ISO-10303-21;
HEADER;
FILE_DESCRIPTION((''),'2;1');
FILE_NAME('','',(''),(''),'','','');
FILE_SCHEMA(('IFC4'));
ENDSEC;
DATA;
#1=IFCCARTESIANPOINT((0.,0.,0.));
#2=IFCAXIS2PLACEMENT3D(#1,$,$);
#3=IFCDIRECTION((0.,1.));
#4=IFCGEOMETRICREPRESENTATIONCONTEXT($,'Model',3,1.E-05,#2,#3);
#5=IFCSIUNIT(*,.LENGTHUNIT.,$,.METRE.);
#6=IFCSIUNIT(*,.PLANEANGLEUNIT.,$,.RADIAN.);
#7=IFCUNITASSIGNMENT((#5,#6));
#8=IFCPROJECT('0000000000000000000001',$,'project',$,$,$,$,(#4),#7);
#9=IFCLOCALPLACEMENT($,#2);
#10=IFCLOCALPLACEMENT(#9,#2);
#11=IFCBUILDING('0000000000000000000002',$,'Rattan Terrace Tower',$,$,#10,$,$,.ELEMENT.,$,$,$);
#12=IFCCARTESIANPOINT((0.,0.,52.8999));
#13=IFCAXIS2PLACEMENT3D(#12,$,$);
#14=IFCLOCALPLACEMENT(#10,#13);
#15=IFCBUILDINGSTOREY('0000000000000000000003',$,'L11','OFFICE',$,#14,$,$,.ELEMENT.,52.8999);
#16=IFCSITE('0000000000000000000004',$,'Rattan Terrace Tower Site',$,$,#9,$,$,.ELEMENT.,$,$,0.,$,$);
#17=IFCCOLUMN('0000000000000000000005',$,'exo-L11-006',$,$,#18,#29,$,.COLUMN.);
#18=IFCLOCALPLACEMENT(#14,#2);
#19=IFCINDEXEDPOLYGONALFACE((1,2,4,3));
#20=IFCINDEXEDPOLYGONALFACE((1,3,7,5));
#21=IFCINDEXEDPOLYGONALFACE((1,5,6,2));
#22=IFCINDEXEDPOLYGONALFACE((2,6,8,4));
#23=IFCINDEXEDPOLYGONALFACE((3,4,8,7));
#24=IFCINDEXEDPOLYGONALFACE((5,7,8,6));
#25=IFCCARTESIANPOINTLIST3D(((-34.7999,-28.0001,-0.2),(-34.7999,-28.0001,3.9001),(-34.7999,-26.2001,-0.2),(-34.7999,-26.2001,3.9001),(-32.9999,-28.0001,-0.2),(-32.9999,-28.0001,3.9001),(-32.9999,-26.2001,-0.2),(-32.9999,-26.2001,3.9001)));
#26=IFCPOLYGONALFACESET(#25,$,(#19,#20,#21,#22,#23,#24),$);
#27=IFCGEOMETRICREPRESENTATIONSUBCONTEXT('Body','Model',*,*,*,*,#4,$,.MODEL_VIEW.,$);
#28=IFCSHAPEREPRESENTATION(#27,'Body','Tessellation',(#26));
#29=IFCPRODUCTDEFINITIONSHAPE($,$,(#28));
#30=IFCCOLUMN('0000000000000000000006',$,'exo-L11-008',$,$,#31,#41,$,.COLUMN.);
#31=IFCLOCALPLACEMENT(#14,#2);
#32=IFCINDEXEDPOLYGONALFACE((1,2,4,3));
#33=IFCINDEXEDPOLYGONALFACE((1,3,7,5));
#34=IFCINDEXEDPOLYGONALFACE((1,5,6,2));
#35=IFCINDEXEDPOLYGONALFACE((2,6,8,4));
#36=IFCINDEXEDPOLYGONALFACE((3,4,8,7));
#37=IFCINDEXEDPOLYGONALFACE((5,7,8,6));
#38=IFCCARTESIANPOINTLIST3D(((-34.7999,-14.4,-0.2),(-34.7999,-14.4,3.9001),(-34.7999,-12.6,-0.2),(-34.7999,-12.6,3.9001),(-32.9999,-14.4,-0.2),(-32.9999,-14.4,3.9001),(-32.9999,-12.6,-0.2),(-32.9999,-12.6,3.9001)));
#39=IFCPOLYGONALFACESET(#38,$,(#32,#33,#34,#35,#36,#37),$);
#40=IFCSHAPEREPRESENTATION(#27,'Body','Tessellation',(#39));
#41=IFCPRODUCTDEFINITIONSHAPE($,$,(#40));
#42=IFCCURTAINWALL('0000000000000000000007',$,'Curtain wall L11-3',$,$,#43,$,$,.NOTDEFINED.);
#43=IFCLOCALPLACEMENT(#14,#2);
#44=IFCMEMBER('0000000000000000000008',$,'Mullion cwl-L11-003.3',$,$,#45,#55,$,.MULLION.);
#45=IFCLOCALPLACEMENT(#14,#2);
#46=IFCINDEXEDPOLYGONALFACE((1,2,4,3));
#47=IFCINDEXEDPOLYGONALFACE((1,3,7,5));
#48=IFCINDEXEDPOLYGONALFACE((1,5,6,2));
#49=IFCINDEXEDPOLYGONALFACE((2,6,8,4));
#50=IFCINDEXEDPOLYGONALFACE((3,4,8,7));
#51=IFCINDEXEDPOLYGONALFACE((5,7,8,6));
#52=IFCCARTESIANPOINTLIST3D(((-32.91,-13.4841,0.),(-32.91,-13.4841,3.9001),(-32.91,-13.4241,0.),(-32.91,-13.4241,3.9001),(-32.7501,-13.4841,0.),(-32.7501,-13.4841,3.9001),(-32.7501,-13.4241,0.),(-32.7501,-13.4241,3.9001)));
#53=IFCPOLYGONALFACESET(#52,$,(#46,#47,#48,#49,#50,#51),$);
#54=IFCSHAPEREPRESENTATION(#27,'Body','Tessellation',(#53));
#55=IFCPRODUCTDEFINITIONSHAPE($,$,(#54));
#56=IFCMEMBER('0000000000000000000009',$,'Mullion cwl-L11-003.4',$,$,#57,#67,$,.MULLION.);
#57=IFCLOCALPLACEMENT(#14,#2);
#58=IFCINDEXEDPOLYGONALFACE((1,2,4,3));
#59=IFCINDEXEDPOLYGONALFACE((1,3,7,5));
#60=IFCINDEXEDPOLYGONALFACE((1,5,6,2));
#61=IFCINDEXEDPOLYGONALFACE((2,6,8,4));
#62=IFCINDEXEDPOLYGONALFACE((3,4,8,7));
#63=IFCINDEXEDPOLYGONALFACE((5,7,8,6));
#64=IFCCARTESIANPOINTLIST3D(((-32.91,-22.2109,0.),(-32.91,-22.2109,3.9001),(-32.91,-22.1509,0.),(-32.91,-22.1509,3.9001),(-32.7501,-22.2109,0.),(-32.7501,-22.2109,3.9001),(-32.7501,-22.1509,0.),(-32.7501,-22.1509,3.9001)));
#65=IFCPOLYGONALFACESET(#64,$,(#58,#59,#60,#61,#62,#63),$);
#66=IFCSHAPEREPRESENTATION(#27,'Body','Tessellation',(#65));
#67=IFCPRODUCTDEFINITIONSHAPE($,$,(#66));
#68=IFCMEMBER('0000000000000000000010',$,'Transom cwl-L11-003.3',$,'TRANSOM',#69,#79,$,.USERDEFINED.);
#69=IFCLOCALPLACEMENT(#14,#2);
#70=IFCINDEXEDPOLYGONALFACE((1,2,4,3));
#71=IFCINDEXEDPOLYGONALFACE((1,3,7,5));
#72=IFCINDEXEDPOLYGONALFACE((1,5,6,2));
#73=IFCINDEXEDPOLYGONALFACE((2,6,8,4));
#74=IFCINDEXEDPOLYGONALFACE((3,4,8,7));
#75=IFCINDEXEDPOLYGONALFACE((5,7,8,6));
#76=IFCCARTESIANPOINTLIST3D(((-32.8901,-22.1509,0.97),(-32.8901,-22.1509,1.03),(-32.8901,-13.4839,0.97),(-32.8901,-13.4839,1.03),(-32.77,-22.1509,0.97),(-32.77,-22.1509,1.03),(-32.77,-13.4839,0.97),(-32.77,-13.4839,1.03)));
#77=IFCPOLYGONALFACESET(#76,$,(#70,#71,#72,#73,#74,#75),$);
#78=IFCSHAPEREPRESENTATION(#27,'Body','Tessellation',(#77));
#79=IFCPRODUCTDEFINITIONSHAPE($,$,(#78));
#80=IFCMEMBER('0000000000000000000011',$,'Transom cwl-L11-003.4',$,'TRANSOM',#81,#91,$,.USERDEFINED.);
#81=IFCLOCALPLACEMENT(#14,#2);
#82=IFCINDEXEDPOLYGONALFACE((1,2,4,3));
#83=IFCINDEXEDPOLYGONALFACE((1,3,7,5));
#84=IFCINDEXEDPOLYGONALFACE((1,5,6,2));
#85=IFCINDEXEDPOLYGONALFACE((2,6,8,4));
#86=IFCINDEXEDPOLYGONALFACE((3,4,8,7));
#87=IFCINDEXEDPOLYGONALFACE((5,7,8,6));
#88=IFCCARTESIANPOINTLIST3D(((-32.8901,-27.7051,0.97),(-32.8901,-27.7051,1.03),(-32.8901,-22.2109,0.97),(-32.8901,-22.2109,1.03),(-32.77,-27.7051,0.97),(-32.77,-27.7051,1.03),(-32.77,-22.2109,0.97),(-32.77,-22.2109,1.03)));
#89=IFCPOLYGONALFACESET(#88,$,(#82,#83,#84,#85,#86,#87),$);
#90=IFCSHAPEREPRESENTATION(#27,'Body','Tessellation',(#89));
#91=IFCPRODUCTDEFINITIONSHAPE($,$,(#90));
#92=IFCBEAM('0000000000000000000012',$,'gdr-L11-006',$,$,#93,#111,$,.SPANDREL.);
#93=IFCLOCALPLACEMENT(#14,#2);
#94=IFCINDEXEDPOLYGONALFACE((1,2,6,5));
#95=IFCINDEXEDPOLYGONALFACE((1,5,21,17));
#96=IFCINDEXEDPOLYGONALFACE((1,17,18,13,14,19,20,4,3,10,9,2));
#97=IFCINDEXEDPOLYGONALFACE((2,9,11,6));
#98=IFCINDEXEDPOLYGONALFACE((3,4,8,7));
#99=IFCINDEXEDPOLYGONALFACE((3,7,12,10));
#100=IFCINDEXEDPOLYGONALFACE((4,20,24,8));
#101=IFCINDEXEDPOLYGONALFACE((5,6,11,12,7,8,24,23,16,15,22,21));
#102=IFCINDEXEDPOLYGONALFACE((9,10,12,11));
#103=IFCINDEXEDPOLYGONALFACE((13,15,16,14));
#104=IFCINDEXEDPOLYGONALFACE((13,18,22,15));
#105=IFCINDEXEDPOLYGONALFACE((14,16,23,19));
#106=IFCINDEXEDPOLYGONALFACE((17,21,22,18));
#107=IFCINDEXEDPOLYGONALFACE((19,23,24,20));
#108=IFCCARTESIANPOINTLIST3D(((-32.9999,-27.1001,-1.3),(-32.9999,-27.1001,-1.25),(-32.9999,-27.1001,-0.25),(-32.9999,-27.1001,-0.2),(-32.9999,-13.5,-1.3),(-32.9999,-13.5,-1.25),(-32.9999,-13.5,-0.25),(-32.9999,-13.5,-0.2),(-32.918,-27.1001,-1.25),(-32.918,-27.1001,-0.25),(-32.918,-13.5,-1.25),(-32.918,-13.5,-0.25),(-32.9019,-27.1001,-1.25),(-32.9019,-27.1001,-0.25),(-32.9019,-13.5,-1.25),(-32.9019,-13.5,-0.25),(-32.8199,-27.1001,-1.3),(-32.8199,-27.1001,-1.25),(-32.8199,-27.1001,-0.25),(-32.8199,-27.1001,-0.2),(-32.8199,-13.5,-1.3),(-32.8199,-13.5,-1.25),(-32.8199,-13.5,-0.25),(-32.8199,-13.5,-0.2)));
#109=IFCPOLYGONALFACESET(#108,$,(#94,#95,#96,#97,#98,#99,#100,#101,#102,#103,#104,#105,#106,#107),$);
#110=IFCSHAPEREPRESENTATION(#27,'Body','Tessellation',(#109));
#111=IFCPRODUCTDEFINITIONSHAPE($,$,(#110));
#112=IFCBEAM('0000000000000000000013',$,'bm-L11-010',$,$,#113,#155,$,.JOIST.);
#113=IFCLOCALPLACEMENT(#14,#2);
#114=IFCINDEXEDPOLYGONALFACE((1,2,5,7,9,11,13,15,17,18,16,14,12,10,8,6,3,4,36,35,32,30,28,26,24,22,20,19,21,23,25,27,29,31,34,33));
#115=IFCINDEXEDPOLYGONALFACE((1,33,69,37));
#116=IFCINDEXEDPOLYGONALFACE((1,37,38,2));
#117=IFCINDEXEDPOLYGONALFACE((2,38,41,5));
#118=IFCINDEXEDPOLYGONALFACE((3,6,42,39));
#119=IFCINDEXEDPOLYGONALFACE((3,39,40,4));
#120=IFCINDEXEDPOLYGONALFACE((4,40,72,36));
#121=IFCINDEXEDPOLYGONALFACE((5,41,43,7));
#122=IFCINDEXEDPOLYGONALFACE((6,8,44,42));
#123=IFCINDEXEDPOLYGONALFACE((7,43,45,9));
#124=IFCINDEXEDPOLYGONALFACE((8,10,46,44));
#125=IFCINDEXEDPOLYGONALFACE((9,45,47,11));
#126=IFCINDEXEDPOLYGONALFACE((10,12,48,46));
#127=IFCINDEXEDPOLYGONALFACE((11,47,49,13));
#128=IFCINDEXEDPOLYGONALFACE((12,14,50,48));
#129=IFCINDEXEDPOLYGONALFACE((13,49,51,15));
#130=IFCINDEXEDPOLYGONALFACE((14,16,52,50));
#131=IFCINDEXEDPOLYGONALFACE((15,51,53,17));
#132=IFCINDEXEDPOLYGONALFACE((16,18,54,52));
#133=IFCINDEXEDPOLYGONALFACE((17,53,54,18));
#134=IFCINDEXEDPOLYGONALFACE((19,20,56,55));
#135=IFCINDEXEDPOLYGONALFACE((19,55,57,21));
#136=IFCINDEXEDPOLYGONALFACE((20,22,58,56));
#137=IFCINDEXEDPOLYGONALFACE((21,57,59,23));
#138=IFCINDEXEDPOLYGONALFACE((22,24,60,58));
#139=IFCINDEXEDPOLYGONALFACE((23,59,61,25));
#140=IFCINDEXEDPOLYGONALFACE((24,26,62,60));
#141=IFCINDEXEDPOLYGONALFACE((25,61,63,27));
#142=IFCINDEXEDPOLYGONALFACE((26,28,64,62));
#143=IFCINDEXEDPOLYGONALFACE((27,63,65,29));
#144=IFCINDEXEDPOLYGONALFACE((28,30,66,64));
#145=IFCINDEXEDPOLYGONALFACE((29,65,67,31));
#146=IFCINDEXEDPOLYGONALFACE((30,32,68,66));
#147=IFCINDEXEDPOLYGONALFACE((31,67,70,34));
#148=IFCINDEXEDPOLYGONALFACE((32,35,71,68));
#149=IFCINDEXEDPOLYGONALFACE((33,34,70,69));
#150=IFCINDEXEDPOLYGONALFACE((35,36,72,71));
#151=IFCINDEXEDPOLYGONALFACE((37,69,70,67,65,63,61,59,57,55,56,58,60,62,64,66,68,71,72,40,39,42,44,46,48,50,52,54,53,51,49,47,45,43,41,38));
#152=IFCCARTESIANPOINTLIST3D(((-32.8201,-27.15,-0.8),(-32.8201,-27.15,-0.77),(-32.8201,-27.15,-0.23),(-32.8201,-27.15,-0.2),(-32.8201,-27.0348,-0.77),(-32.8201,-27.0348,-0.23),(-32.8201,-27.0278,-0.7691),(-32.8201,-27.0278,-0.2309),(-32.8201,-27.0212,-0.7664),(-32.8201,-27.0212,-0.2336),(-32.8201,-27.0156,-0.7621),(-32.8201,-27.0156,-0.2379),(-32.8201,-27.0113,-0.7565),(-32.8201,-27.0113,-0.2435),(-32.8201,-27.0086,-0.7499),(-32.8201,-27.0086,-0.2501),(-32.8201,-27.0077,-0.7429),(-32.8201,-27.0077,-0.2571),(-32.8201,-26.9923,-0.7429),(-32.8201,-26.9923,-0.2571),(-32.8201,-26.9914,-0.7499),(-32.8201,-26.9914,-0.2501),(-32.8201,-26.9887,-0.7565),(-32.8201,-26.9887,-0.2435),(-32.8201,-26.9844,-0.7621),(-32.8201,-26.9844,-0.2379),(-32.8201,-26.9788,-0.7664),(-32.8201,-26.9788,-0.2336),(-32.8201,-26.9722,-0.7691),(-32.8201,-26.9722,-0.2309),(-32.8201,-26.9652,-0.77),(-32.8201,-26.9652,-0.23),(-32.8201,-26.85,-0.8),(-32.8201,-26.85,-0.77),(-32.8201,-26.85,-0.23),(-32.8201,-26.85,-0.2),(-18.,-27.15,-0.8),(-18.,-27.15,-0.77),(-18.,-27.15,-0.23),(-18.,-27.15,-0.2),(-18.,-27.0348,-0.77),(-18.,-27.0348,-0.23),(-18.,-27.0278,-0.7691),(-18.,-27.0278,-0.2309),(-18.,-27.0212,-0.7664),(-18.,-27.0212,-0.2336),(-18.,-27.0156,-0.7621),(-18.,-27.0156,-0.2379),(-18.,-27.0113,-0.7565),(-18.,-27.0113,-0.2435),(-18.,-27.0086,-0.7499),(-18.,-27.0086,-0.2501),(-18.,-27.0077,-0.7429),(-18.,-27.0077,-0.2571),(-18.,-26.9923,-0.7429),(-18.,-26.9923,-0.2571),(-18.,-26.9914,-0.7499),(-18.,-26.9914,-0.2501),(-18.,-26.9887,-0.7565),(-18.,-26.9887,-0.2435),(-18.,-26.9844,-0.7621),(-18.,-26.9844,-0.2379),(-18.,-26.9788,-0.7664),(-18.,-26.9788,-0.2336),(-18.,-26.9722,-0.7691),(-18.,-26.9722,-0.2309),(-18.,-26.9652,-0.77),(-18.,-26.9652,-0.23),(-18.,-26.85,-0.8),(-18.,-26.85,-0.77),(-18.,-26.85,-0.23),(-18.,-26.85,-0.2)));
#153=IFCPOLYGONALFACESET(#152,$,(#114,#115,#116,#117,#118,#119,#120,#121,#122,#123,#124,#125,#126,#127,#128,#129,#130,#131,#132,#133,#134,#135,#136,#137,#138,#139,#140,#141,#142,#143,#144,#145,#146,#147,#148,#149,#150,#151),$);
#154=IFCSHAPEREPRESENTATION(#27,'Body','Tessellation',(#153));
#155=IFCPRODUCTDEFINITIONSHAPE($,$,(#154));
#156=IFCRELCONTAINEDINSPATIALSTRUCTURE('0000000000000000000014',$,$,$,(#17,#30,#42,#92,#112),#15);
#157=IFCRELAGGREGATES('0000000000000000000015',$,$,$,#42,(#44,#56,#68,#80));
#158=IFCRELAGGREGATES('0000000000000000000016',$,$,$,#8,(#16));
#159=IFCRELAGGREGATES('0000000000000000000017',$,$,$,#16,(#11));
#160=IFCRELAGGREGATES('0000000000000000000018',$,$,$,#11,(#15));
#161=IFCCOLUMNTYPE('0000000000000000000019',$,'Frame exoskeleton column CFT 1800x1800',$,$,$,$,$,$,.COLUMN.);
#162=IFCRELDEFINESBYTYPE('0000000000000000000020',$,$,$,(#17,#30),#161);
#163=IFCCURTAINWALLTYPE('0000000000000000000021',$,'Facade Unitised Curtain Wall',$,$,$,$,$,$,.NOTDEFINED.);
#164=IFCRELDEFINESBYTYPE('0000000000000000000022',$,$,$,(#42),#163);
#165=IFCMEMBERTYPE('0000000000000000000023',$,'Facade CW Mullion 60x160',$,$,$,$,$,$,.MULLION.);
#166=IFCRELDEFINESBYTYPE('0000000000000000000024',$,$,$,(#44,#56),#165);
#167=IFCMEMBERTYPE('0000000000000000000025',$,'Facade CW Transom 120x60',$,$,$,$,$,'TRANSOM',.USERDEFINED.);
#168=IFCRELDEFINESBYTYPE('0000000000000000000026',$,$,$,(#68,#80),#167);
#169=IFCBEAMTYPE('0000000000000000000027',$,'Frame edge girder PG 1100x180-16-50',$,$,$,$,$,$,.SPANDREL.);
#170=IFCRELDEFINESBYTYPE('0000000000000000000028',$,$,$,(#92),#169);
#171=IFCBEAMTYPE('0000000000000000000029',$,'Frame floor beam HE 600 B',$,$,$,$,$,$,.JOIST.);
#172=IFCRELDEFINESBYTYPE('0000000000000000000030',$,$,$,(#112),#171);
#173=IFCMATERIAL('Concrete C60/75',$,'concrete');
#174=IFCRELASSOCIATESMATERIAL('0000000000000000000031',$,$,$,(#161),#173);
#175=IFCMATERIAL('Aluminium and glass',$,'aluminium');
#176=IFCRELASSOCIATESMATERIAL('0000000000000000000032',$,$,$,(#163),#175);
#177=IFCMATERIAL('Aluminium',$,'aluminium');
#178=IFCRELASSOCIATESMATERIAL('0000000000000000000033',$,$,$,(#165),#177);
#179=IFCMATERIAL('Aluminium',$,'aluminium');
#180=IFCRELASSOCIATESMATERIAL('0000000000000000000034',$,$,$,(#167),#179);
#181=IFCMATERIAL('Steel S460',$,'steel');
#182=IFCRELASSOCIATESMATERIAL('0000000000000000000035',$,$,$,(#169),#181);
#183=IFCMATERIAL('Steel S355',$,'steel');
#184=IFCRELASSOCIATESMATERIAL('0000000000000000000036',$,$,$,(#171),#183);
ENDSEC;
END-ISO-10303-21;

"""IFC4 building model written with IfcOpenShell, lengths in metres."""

from ifc_helpers import new_model, si_unit, direction, frame, origin, origin_2d, place, context, subcontext, project, spatial, rectangle, i_section, extrude, material, material_profile, profile_set, type_object, element, aggregate, save


model = new_model("IFC4")

# Units and contexts
model_context = context("Model", 3, precision=1e-05, world=origin(), true_north=direction((0.0, 1.0)))
body_context = subcontext(model_context, "Body", "Model", "MODEL_VIEW")
ifc_project = project(units=[si_unit("LENGTHUNIT", "METRE"), si_unit("PLANEANGLEUNIT", "RADIAN")], contexts=[model_context])

# Site, building, storey
site_placement = place(None, origin())
site = spatial("IfcSite", under=ifc_project, at=site_placement, Name="Rattan Terrace Tower Site", CompositionType="ELEMENT", RefElevation=0.0)
building_placement = place(site_placement, origin())
building = spatial("IfcBuilding", under=site, at=building_placement, Name="Rattan Terrace Tower", CompositionType="ELEMENT")
storey_placement = place(building_placement, frame((0.0, 0.0, 52.8999)))
storey = spatial("IfcBuildingStorey", under=building, at=storey_placement, Name="L11", Description="OFFICE", CompositionType="ELEMENT", Elevation=52.8999)

# Columns
ifc_material_1 = material(Name="Concrete C60/75", Category="concrete")
ifc_material_profile_1 = material_profile(ifc_material_1, rectangle(XDim=1.8, YDim=1.8, at=origin_2d()), Name="CFT 1800x1800")
ifc_profile_set_1 = profile_set([ifc_material_profile_1], Name="Concrete C60/75")
column_type = type_object("IfcColumnType", Name="Frame exoskeleton column CFT 1800x1800", PredefinedType="COLUMN", material=ifc_profile_set_1)
for number, where, z_axis, x_axis, name in (
    (1, (-33.8999, -27.1001, -0.2), (0.0, 0.0, 1.0), (0.0, 1.0, 0.0), "exo-L11-006"),
    (2, (-33.8999, -13.5, -0.2), (0.0, 0.0, 1.0), (0.0, 1.0, 0.0), "exo-L11-008"),
):
    element("IfcColumn", number, at=place(storey_placement, frame(where, z_axis=z_axis, x_axis=x_axis)), inside=storey, type_object=column_type, Name=name, PredefinedType="COLUMN", context=body_context, shape_type="SweptSolid", body=[
        extrude(rectangle(XDim=1.8, YDim=1.8, at=origin_2d()), origin(), (0.0, 0.0, 1.0), 4.1001),
    ])

# Curtain wall, members
ifc_material_2 = material(Name="Aluminium and glass", Category="aluminium")
curtain_wall_type = type_object("IfcCurtainWallType", Name="Facade Unitised Curtain Wall", PredefinedType="NOTDEFINED", material=ifc_material_2)
curtain_wall_placement = place(storey_placement, origin())
curtain_wall = element("IfcCurtainWall", 3, at=curtain_wall_placement, inside=storey, type_object=curtain_wall_type, Name="Curtain wall L11-3", PredefinedType="NOTDEFINED")
ifc_material_3 = material(Name="Aluminium", Category="aluminium")
ifc_material_profile_2 = material_profile(ifc_material_3, rectangle(XDim=0.0601, YDim=0.1599, at=origin_2d()), Name="Aluminium 60x160")
ifc_profile_set_2 = profile_set([ifc_material_profile_2], Name="Aluminium")
member_type_1 = type_object("IfcMemberType", Name="Facade CW Mullion 60x160", PredefinedType="MULLION", material=ifc_profile_set_2)
member_1_placement = place(storey_placement, frame((-32.8301, -13.4541, 0.0), z_axis=(0.0, 0.0, 1.0), x_axis=(0.0, -1.0, 0.0)))
member_1 = element("IfcMember", 4, at=member_1_placement, type_object=member_type_1, Name="Mullion cwl-L11-003.3", PredefinedType="MULLION", context=body_context, shape_type="SweptSolid", body=[
    extrude(rectangle(XDim=0.0601, YDim=0.1599, at=origin_2d()), origin(), (0.0, 0.0, 1.0), 3.9001),
])
member_2_placement = place(storey_placement, frame((-32.8301, -22.1809, 0.0), z_axis=(0.0, 0.0, 1.0), x_axis=(0.0, -1.0, 0.0)))
member_2 = element("IfcMember", 5, at=member_2_placement, type_object=member_type_1, Name="Mullion cwl-L11-003.4", PredefinedType="MULLION", context=body_context, shape_type="SweptSolid", body=[
    extrude(rectangle(XDim=0.0601, YDim=0.1599, at=origin_2d()), origin(), (0.0, 0.0, 1.0), 3.9001),
])
ifc_material_4 = material(Name="Aluminium", Category="aluminium")
ifc_material_profile_3 = material_profile(ifc_material_4, rectangle(XDim=0.1201, YDim=0.0601, at=origin_2d()), Name="Aluminium 120x60")
ifc_profile_set_3 = profile_set([ifc_material_profile_3], Name="Aluminium")
member_type_2 = type_object("IfcMemberType", Name="Facade CW Transom 120x60", ElementType="TRANSOM", PredefinedType="USERDEFINED", material=ifc_profile_set_3)
member_3_placement = place(storey_placement, frame((-32.8301, -13.4839, 1.0), z_axis=(0.0, -1.0, 0.0), x_axis=(1.0, 0.0, 0.0)))
member_3 = element("IfcMember", 6, at=member_3_placement, type_object=member_type_2, Name="Transom cwl-L11-003.3", ObjectType="TRANSOM", PredefinedType="USERDEFINED", context=body_context, shape_type="SweptSolid", body=[
    extrude(rectangle(XDim=0.1201, YDim=0.0601, at=origin_2d()), origin(), (0.0, 0.0, 1.0), 8.667),
])
member_4_placement = place(storey_placement, frame((-32.8301, -22.2109, 1.0), z_axis=(0.0, -1.0, 0.0), x_axis=(1.0, 0.0, 0.0)))
member_4 = element("IfcMember", 7, at=member_4_placement, type_object=member_type_2, Name="Transom cwl-L11-003.4", ObjectType="TRANSOM", PredefinedType="USERDEFINED", context=body_context, shape_type="SweptSolid", body=[
    extrude(rectangle(XDim=0.1201, YDim=0.0601, at=origin_2d()), origin(), (0.0, 0.0, 1.0), 5.4941),
])

# Beams
ifc_material_5 = material(Name="Steel S460", Category="steel")
ifc_material_profile_4 = material_profile(ifc_material_5, i_section(OverallWidth=0.1799, OverallDepth=1.1001, WebThickness=0.0161, FlangeThickness=0.05, at=origin_2d()), Name="PG 1100x180-16-50")
ifc_profile_set_4 = profile_set([ifc_material_profile_4], Name="Steel S460")
beam_type_1 = type_object("IfcBeamType", Name="Frame edge girder PG 1100x180-16-50", PredefinedType="SPANDREL", material=ifc_profile_set_4)
beam_placement = place(storey_placement, frame((-32.9099, -13.5, -0.75), z_axis=(0.0, -1.0, 0.0), x_axis=(1.0, 0.0, 0.0)))
element("IfcBeam", 8, at=beam_placement, inside=storey, type_object=beam_type_1, Name="gdr-L11-006", PredefinedType="SPANDREL", context=body_context, shape_type="SweptSolid", body=[
    extrude(i_section(OverallWidth=0.1799, OverallDepth=1.1001, WebThickness=0.0161, FlangeThickness=0.05, at=origin_2d()), origin(), (0.0, 0.0, 1.0), 13.6001),
])
ifc_material_6 = material(Name="Steel S355", Category="steel")
ifc_material_profile_5 = material_profile(ifc_material_6, i_section(OverallWidth=0.3, OverallDepth=0.6001, WebThickness=0.0154, FlangeThickness=0.03, FilletRadius=0.0271, at=origin_2d()), Name="HE 600 B")
ifc_profile_set_5 = profile_set([ifc_material_profile_5], Name="Steel S355")
beam_type_2 = type_object("IfcBeamType", Name="Frame floor beam HE 600 B", PredefinedType="JOIST", material=ifc_profile_set_5)
for number, where, z_axis, x_axis, name in (
    (9, (-32.8201, -27.0, -0.5), (1.0, 0.0, 0.0), (0.0, 1.0, 0.0), "bm-L11-010"),
):
    element("IfcBeam", number, at=place(storey_placement, frame(where, z_axis=z_axis, x_axis=x_axis)), inside=storey, type_object=beam_type_2, Name=name, PredefinedType="JOIST", context=body_context, shape_type="SweptSolid", body=[
        extrude(i_section(OverallWidth=0.3, OverallDepth=0.6001, WebThickness=0.0154, FlangeThickness=0.03, FilletRadius=0.0271, at=origin_2d()), origin(), (0.0, 0.0, 1.0), 14.8201),
    ])

aggregate(curtain_wall, [member_1, member_2, member_3, member_4])

save(model, "model.ifc")
